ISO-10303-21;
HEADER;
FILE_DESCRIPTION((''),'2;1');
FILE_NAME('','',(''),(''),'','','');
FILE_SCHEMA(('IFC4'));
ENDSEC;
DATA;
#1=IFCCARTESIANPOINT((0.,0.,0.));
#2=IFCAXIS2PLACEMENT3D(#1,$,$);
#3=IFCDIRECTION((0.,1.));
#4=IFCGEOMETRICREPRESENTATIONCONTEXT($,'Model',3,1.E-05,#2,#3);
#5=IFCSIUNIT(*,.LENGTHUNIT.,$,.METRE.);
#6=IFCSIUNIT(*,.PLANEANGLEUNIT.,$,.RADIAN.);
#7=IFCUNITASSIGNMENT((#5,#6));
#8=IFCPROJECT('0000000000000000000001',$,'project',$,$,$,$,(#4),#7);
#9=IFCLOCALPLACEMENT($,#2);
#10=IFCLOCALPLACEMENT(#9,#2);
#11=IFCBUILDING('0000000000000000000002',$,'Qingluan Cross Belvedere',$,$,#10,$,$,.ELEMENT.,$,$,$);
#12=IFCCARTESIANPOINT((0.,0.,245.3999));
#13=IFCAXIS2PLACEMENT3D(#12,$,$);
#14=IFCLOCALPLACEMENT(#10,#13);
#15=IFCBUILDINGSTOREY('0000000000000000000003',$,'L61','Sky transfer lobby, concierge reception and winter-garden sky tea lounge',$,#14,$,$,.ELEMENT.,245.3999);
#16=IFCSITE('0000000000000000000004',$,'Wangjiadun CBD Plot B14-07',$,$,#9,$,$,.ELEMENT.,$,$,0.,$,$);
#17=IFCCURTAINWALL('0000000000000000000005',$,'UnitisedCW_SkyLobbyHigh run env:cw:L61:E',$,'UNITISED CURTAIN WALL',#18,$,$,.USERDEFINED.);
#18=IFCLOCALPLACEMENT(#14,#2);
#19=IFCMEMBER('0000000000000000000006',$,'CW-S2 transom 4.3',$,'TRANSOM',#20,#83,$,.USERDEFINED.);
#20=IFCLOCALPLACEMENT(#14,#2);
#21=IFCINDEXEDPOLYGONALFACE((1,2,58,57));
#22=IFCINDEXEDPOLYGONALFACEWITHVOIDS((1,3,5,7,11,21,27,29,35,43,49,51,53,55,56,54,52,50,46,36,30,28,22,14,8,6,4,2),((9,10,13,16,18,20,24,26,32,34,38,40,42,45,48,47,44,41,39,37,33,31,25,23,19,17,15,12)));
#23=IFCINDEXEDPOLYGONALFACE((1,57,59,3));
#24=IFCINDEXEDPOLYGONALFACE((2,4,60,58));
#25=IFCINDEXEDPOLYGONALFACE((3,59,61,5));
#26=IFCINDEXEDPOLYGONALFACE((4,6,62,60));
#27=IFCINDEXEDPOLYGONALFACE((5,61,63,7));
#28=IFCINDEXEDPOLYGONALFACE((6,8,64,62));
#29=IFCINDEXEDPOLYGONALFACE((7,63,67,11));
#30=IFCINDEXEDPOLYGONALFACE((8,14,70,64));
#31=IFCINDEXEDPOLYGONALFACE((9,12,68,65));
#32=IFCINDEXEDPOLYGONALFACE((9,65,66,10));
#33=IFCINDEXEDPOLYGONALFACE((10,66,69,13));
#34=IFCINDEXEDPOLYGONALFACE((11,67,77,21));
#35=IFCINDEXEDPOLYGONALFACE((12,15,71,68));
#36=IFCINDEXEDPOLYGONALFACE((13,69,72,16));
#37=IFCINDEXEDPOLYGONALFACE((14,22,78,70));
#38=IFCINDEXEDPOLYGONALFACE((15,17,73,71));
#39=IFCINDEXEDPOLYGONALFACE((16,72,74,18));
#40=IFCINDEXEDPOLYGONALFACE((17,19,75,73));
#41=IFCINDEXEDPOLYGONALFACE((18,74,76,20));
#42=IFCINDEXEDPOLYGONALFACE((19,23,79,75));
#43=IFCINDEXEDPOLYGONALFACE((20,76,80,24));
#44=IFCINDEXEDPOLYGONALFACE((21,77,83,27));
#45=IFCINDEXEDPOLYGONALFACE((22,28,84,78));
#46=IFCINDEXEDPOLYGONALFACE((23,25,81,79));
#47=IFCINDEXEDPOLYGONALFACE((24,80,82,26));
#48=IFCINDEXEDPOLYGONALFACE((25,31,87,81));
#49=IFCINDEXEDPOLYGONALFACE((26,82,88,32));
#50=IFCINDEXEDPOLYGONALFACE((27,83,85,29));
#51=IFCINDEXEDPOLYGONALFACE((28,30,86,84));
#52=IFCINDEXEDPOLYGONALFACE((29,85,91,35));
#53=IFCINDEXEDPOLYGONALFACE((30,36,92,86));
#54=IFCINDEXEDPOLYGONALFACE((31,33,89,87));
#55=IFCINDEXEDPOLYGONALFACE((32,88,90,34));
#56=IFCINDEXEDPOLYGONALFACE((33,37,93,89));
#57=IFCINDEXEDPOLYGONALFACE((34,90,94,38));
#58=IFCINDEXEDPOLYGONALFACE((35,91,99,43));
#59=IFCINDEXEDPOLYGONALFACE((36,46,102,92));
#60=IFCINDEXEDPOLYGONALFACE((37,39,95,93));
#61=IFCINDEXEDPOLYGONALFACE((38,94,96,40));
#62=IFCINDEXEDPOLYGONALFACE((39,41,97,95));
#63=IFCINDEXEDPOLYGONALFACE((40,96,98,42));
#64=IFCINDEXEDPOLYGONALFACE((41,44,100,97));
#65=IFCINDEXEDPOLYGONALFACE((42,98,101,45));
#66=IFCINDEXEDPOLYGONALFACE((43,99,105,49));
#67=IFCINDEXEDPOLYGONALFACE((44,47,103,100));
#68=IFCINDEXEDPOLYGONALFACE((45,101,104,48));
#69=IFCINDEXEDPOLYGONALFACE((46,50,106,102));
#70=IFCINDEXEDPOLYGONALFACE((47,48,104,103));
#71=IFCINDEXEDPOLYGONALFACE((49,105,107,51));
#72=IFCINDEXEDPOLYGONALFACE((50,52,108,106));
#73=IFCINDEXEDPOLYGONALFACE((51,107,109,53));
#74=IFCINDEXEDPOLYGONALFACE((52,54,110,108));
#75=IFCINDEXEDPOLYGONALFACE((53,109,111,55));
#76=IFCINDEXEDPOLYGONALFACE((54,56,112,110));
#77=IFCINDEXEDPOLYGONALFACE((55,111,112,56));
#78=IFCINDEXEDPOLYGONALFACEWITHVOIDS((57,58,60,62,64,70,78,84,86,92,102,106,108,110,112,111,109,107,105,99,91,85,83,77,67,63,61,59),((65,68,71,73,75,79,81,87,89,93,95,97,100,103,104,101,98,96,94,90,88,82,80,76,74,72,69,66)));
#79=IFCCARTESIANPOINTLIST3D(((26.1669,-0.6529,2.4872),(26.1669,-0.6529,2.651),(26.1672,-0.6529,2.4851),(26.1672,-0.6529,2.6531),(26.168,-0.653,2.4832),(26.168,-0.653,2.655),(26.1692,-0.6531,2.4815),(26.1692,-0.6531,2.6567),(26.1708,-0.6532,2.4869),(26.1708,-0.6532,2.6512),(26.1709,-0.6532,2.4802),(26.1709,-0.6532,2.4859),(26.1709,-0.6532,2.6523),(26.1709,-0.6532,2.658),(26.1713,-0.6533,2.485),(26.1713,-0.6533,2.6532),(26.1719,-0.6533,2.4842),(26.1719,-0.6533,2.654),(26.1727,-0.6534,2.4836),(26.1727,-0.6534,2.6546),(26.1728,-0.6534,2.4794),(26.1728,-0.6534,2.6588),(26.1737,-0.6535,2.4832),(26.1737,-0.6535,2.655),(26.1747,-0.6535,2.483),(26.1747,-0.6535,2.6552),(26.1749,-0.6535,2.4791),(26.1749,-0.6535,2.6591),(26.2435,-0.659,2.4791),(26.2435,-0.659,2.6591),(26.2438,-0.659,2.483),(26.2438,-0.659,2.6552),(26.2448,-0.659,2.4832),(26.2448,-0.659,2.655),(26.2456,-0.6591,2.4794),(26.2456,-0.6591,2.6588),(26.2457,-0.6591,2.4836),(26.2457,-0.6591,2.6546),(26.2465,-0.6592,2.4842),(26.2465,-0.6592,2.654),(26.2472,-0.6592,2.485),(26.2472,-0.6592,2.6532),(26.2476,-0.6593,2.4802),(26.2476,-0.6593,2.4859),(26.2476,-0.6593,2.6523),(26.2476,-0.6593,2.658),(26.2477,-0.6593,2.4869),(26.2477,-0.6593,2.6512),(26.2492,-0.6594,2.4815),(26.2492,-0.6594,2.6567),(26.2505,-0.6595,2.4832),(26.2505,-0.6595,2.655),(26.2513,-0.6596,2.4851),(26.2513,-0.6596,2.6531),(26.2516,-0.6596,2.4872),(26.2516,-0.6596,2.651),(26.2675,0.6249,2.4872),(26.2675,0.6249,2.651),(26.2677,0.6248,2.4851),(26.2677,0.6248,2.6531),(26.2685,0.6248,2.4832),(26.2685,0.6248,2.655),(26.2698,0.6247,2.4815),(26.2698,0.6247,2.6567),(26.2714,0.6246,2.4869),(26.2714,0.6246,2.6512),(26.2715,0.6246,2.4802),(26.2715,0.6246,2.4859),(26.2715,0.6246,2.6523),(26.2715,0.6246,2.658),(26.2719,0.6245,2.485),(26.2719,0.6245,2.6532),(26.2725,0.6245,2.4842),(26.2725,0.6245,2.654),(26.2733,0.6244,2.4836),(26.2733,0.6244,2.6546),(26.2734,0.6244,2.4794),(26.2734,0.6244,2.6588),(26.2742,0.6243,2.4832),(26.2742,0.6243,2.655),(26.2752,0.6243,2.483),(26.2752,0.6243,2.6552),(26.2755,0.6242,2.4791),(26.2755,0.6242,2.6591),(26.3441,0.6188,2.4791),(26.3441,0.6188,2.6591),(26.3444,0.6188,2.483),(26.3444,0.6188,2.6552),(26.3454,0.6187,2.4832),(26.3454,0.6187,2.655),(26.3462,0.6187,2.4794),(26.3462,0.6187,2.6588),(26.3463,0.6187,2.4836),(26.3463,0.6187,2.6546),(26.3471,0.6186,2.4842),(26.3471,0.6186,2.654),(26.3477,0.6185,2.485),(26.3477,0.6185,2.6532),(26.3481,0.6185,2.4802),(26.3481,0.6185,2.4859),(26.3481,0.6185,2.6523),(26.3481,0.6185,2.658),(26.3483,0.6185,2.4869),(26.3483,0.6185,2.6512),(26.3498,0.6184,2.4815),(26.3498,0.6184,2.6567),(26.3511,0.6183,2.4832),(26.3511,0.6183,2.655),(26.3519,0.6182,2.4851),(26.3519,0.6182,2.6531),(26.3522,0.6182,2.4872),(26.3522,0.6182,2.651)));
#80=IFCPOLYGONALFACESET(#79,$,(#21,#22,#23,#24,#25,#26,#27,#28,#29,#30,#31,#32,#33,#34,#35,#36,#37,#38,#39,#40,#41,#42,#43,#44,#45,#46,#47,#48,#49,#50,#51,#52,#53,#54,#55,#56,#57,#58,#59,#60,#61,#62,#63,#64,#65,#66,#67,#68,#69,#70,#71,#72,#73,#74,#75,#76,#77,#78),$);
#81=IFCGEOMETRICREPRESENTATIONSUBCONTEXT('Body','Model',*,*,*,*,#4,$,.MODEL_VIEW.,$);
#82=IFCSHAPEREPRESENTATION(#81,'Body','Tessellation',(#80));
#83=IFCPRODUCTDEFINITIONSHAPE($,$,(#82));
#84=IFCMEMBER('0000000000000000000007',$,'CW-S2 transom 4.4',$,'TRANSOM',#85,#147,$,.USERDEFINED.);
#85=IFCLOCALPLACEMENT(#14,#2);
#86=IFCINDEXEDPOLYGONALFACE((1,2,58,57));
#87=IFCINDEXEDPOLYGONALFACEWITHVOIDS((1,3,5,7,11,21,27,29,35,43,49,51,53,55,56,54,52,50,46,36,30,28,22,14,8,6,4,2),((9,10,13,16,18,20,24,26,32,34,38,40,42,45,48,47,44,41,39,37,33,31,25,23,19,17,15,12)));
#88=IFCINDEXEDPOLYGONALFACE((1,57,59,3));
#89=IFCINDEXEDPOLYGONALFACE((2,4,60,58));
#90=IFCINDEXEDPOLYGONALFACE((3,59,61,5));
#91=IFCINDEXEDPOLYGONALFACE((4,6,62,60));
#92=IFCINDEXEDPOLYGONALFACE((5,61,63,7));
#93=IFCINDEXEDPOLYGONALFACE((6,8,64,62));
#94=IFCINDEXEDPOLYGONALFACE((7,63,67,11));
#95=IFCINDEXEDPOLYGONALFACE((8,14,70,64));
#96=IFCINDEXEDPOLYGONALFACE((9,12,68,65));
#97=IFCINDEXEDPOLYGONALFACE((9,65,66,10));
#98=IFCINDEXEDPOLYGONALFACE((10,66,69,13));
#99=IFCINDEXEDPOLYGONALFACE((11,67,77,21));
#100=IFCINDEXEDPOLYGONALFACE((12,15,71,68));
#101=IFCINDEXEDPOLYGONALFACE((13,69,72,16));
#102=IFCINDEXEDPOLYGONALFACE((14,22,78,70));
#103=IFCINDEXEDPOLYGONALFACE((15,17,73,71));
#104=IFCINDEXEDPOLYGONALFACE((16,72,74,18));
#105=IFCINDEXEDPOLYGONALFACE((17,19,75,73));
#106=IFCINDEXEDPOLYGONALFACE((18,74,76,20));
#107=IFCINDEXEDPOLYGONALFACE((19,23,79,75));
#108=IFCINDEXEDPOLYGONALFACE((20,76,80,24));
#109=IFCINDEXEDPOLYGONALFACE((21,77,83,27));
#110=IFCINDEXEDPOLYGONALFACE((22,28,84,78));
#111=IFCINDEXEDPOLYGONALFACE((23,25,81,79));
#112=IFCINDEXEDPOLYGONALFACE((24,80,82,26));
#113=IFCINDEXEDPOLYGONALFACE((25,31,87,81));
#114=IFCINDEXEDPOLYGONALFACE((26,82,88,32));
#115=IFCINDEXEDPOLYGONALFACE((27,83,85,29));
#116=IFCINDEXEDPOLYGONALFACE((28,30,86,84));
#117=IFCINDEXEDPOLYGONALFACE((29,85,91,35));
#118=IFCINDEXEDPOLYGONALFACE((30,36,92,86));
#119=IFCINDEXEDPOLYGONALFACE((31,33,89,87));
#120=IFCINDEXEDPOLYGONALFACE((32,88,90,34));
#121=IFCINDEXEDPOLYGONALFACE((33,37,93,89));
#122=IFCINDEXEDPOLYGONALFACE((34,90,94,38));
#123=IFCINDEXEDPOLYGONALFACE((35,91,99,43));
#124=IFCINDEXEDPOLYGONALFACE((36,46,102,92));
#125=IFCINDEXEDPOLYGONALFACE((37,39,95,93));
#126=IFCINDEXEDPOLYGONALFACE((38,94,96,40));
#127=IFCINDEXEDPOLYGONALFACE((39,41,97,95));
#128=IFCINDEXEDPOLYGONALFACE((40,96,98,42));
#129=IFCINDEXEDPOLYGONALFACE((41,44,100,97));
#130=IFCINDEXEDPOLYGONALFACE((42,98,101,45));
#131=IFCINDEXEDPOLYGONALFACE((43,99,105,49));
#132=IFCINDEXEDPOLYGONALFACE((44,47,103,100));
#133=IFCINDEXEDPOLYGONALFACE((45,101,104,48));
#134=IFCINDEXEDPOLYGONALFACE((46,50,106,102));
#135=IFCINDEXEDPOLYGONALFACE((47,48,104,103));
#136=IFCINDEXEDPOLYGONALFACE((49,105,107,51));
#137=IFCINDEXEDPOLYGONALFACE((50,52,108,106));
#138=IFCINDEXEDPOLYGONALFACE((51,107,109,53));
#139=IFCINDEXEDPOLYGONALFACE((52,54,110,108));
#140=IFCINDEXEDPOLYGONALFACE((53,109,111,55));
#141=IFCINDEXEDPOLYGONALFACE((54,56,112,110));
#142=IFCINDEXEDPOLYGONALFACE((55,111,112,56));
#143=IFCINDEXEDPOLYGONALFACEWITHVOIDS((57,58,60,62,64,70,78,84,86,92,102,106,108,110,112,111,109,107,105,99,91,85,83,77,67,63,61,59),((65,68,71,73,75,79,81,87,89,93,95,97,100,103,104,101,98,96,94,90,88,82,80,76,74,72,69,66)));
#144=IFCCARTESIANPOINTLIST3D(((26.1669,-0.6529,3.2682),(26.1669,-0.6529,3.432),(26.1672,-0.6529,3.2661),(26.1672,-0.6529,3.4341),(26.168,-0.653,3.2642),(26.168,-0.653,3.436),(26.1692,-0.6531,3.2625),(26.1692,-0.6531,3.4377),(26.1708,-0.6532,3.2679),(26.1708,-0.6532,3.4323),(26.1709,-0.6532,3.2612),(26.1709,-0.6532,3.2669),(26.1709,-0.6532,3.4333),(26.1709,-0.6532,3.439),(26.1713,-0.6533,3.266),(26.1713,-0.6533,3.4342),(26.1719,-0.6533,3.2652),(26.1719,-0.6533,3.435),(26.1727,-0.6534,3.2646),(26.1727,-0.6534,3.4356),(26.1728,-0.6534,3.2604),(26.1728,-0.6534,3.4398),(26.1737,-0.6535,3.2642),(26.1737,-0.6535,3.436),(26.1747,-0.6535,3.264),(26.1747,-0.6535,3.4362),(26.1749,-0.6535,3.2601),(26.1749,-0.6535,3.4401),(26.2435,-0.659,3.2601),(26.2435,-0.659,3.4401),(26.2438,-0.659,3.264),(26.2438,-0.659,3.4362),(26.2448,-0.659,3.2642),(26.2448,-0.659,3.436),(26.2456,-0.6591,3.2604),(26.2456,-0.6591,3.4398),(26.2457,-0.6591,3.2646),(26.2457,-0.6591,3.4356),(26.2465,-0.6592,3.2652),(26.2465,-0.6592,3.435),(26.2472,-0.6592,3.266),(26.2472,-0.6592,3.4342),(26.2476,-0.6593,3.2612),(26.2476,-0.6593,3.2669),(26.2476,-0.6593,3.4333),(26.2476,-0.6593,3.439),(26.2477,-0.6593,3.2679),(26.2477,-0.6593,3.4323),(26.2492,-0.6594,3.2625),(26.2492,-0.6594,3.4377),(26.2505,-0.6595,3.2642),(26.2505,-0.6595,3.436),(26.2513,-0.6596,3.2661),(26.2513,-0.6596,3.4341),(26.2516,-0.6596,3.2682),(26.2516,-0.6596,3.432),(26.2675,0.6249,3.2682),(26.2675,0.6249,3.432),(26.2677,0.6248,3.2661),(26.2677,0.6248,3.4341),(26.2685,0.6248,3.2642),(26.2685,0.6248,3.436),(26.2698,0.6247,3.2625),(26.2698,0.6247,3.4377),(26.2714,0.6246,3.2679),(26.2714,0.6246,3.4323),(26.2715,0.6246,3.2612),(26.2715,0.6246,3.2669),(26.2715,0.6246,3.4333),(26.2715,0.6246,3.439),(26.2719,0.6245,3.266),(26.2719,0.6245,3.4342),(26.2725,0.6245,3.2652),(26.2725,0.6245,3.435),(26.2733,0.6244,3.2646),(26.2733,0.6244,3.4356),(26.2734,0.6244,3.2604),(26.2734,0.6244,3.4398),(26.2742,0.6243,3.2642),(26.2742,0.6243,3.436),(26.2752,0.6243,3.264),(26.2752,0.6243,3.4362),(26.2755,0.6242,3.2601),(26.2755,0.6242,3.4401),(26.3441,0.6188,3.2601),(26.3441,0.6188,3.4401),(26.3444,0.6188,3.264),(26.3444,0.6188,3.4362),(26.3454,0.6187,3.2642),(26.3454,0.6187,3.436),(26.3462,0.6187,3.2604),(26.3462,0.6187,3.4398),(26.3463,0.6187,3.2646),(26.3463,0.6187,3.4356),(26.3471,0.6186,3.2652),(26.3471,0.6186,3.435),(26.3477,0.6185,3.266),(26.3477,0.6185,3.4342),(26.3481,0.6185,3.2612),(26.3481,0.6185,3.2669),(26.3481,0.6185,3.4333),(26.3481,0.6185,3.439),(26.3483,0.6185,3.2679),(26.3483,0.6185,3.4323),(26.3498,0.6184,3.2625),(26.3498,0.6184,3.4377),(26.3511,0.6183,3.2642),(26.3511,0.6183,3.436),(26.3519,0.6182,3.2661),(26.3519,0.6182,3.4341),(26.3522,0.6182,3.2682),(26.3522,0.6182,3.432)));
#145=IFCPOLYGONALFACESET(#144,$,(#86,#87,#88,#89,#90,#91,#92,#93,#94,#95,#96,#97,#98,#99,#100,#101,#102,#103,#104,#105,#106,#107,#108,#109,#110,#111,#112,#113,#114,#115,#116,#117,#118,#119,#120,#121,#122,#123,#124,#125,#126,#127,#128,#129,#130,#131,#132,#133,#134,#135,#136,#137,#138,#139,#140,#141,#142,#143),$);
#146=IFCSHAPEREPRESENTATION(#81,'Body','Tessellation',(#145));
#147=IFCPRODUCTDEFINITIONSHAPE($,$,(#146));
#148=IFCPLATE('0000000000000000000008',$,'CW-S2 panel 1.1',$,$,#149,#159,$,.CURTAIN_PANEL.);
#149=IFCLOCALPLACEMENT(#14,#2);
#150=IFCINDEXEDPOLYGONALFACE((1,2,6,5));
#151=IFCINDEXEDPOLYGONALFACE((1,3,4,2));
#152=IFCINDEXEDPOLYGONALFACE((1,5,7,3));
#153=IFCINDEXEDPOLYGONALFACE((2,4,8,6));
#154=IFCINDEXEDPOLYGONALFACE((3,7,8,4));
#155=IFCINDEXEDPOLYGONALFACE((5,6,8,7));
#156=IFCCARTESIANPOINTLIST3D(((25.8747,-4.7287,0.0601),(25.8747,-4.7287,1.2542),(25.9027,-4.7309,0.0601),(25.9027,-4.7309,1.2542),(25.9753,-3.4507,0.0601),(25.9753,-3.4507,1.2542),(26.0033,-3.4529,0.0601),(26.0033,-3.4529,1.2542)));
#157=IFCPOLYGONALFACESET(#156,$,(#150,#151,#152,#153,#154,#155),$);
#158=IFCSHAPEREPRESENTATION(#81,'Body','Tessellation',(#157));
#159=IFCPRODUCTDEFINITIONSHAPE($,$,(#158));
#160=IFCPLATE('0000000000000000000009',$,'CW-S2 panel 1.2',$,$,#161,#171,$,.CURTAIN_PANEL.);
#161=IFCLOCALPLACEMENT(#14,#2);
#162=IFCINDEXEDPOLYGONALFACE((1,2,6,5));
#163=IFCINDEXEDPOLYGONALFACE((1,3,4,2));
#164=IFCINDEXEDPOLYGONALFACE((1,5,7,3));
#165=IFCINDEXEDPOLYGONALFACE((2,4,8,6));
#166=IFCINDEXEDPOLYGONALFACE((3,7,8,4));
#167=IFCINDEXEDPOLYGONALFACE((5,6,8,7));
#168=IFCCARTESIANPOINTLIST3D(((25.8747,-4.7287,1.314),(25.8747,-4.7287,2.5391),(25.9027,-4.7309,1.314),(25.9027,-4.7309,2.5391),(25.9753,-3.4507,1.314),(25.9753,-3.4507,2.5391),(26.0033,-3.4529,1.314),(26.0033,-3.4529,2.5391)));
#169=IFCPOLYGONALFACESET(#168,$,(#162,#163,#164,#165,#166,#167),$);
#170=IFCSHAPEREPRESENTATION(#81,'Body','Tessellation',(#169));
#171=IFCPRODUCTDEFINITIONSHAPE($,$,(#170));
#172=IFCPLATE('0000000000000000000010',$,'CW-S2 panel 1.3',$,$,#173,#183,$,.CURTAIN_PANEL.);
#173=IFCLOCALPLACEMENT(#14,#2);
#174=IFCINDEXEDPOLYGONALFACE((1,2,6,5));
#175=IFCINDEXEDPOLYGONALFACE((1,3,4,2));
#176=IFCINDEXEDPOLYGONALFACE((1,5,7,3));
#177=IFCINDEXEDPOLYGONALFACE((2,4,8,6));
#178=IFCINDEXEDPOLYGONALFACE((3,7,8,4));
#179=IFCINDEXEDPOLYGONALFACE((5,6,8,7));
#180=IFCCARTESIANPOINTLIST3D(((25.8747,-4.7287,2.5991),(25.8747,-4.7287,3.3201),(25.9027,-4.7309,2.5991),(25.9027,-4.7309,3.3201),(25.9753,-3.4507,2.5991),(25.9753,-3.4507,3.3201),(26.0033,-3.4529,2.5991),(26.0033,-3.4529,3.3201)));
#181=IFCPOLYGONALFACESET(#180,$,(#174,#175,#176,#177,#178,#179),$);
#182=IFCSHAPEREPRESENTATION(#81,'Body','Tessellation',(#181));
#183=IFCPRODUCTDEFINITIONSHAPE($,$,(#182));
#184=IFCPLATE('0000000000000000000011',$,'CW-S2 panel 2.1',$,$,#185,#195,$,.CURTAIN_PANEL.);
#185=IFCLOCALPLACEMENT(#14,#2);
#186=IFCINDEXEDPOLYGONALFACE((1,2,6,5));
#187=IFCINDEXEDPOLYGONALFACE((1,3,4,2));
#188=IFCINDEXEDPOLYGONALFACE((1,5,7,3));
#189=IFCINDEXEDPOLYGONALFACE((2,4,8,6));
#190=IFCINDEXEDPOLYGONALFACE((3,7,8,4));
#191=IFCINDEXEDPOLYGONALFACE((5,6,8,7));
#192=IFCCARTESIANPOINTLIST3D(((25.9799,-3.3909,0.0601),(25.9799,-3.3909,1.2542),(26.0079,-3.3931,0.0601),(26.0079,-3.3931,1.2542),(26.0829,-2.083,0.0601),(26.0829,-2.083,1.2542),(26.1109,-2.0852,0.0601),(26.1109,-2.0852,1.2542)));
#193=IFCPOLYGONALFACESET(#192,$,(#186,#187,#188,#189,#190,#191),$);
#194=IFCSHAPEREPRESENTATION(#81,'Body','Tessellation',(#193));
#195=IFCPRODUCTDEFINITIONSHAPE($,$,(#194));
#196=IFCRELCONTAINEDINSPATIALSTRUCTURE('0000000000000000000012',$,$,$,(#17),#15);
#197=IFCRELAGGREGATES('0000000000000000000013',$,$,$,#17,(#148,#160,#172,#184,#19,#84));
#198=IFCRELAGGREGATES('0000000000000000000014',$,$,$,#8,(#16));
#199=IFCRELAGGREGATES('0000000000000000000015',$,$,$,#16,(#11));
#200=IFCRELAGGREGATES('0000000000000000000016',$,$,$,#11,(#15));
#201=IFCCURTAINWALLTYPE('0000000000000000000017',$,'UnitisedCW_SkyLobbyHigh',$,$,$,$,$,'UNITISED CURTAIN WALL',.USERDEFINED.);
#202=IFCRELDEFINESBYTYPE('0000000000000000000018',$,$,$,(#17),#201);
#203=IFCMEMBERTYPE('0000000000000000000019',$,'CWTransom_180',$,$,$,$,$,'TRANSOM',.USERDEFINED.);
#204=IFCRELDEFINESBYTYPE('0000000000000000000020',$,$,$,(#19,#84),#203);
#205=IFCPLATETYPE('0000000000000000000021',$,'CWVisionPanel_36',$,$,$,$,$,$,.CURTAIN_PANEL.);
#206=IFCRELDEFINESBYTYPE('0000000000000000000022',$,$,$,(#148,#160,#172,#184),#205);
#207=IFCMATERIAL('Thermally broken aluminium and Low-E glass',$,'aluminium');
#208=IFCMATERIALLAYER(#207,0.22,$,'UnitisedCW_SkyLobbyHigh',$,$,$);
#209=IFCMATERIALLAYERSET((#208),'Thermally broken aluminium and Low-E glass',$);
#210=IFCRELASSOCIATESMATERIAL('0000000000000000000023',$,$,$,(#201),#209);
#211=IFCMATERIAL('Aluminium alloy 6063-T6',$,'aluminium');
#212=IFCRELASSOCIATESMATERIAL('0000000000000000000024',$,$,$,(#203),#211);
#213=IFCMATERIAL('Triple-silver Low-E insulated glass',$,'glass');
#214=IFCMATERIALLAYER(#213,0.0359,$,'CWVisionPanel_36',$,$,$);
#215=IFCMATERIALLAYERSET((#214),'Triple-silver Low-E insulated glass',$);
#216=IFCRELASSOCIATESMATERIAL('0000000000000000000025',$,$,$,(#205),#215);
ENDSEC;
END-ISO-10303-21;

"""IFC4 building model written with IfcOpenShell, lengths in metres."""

from ifc_helpers import new_model, si_unit, direction, frame, origin, origin_2d, place, context, subcontext, project, spatial, rectangle, hollow_rectangle, extrude, material, layer, layer_set, material_profile, profile_set, type_object, element, aggregate, save


model = new_model("IFC4")

# Units and contexts
model_context = context("Model", 3, precision=1e-05, world=origin(), true_north=direction((0.0, 1.0)))
body_context = subcontext(model_context, "Body", "Model", "MODEL_VIEW")
ifc_project = project(units=[si_unit("LENGTHUNIT", "METRE"), si_unit("PLANEANGLEUNIT", "RADIAN")], contexts=[model_context])

# Site, building, storey
site_placement = place(None, origin())
site = spatial("IfcSite", under=ifc_project, at=site_placement, Name="Wangjiadun CBD Plot B14-07", CompositionType="ELEMENT", RefElevation=0.0)
building_placement = place(site_placement, origin())
building = spatial("IfcBuilding", under=site, at=building_placement, Name="Qingluan Cross Belvedere", CompositionType="ELEMENT")
storey_placement = place(building_placement, frame((0.0, 0.0, 245.3999)))
storey = spatial("IfcBuildingStorey", under=building, at=storey_placement, Name="L61", Description="Sky transfer lobby, concierge reception and winter-garden sky tea lounge", CompositionType="ELEMENT", Elevation=245.3999)

# Curtain wall, members, plates
ifc_material_1 = material(Name="Thermally broken aluminium and Low-E glass", Category="aluminium")
ifc_layer_1 = layer(ifc_material_1, 0.22, Name="UnitisedCW_SkyLobbyHigh")
ifc_layer_set_1 = layer_set([ifc_layer_1], Name="Thermally broken aluminium and Low-E glass")
curtain_wall_type = type_object("IfcCurtainWallType", Name="UnitisedCW_SkyLobbyHigh", ElementType="UNITISED CURTAIN WALL", PredefinedType="USERDEFINED", material=ifc_layer_set_1)
curtain_wall_placement = place(storey_placement, origin())
curtain_wall = element("IfcCurtainWall", 1, at=curtain_wall_placement, inside=storey, type_object=curtain_wall_type, Name="UnitisedCW_SkyLobbyHigh run env:cw:L61:E", ObjectType="UNITISED CURTAIN WALL", PredefinedType="USERDEFINED")
ifc_material_2 = material(Name="Aluminium alloy 6063-T6", Category="aluminium")
ifc_material_profile_1 = material_profile(ifc_material_2, hollow_rectangle(XDim=0.085, YDim=0.1799, WallThickness=0.0039, InnerFilletRadius=0.0039, OuterFilletRadius=0.0081, at=origin_2d()), Name="CWT180x85x4")
ifc_profile_set_1 = profile_set([ifc_material_profile_1], Name="Aluminium alloy 6063-T6")
member_type_1 = type_object("IfcMemberType", Name="CWTransom_180", ElementType="TRANSOM", PredefinedType="USERDEFINED", material=ifc_profile_set_1)
member_1_placement = place(storey_placement, frame((26.2092, -0.6562, 2.5691), z_axis=(0.078473, 0.996916, 0.0), x_axis=(-0.996916, 0.078473, 0.0)))
member_1 = element("IfcMember", 2, at=member_1_placement, type_object=member_type_1, Name="CW-S2 transom 4.3", ObjectType="TRANSOM", PredefinedType="USERDEFINED", context=body_context, shape_type="SweptSolid", body=[
    extrude(hollow_rectangle(XDim=0.085, YDim=0.1799, WallThickness=0.0039, InnerFilletRadius=0.0039, OuterFilletRadius=0.0081, at=origin_2d()), origin(), (0.0, 0.0, 1.0), 1.2817),
])
member_2_placement = place(storey_placement, frame((26.2092, -0.6562, 3.3501), z_axis=(0.078473, 0.996916, 0.0), x_axis=(-0.996916, 0.078473, 0.0)))
member_2 = element("IfcMember", 3, at=member_2_placement, type_object=member_type_1, Name="CW-S2 transom 4.4", ObjectType="TRANSOM", PredefinedType="USERDEFINED", context=body_context, shape_type="SweptSolid", body=[
    extrude(hollow_rectangle(XDim=0.085, YDim=0.1799, WallThickness=0.0039, InnerFilletRadius=0.0039, OuterFilletRadius=0.0081, at=origin_2d()), origin(), (0.0, 0.0, 1.0), 1.2817),
])
ifc_material_3 = material(Name="Triple-silver Low-E insulated glass", Category="glass")
ifc_layer_2 = layer(ifc_material_3, 0.0359, Name="CWVisionPanel_36")
ifc_layer_set_2 = layer_set([ifc_layer_2], Name="Triple-silver Low-E insulated glass")
plate_type = type_object("IfcPlateType", Name="CWVisionPanel_36", PredefinedType="CURTAIN_PANEL", material=ifc_layer_set_2)
plate_1_placement = place(storey_placement, frame((25.939, -4.0908, 0.0601), z_axis=(0.0, 0.0, 1.0), x_axis=(0.078462, 0.996917, 0.0)))
plate_1 = element("IfcPlate", 4, at=plate_1_placement, type_object=plate_type, Name="CW-S2 panel 1.1", PredefinedType="CURTAIN_PANEL", context=body_context, shape_type="SweptSolid", body=[
    extrude(rectangle(XDim=1.282, YDim=0.0281, at=origin_2d()), origin(), (0.0, 0.0, 1.0), 1.1941),
])
plate_2_placement = place(storey_placement, frame((25.939, -4.0908, 1.314), z_axis=(0.0, 0.0, 1.0), x_axis=(0.078462, 0.996917, 0.0)))
plate_2 = element("IfcPlate", 5, at=plate_2_placement, type_object=plate_type, Name="CW-S2 panel 1.2", PredefinedType="CURTAIN_PANEL", context=body_context, shape_type="SweptSolid", body=[
    extrude(rectangle(XDim=1.282, YDim=0.0281, at=origin_2d()), origin(), (0.0, 0.0, 1.0), 1.2251),
])
plate_3_placement = place(storey_placement, frame((25.939, -4.0908, 2.5991), z_axis=(0.0, 0.0, 1.0), x_axis=(0.078462, 0.996917, 0.0)))
plate_3 = element("IfcPlate", 6, at=plate_3_placement, type_object=plate_type, Name="CW-S2 panel 1.3", PredefinedType="CURTAIN_PANEL", context=body_context, shape_type="SweptSolid", body=[
    extrude(rectangle(XDim=1.282, YDim=0.0281, at=origin_2d()), origin(), (0.0, 0.0, 1.0), 0.7209),
])
plate_4_placement = place(storey_placement, frame((26.0454, -2.738, 0.0601), z_axis=(0.0, 0.0, 1.0), x_axis=(0.078462, 0.996917, 0.0)))
plate_4 = element("IfcPlate", 7, at=plate_4_placement, type_object=plate_type, Name="CW-S2 panel 2.1", PredefinedType="CURTAIN_PANEL", context=body_context, shape_type="SweptSolid", body=[
    extrude(rectangle(XDim=1.312, YDim=0.0281, at=origin_2d()), origin(), (0.0, 0.0, 1.0), 1.1941),
])
aggregate(curtain_wall, [plate_1, plate_2, plate_3, plate_4, member_1, member_2])

save(model, "model.ifc")
